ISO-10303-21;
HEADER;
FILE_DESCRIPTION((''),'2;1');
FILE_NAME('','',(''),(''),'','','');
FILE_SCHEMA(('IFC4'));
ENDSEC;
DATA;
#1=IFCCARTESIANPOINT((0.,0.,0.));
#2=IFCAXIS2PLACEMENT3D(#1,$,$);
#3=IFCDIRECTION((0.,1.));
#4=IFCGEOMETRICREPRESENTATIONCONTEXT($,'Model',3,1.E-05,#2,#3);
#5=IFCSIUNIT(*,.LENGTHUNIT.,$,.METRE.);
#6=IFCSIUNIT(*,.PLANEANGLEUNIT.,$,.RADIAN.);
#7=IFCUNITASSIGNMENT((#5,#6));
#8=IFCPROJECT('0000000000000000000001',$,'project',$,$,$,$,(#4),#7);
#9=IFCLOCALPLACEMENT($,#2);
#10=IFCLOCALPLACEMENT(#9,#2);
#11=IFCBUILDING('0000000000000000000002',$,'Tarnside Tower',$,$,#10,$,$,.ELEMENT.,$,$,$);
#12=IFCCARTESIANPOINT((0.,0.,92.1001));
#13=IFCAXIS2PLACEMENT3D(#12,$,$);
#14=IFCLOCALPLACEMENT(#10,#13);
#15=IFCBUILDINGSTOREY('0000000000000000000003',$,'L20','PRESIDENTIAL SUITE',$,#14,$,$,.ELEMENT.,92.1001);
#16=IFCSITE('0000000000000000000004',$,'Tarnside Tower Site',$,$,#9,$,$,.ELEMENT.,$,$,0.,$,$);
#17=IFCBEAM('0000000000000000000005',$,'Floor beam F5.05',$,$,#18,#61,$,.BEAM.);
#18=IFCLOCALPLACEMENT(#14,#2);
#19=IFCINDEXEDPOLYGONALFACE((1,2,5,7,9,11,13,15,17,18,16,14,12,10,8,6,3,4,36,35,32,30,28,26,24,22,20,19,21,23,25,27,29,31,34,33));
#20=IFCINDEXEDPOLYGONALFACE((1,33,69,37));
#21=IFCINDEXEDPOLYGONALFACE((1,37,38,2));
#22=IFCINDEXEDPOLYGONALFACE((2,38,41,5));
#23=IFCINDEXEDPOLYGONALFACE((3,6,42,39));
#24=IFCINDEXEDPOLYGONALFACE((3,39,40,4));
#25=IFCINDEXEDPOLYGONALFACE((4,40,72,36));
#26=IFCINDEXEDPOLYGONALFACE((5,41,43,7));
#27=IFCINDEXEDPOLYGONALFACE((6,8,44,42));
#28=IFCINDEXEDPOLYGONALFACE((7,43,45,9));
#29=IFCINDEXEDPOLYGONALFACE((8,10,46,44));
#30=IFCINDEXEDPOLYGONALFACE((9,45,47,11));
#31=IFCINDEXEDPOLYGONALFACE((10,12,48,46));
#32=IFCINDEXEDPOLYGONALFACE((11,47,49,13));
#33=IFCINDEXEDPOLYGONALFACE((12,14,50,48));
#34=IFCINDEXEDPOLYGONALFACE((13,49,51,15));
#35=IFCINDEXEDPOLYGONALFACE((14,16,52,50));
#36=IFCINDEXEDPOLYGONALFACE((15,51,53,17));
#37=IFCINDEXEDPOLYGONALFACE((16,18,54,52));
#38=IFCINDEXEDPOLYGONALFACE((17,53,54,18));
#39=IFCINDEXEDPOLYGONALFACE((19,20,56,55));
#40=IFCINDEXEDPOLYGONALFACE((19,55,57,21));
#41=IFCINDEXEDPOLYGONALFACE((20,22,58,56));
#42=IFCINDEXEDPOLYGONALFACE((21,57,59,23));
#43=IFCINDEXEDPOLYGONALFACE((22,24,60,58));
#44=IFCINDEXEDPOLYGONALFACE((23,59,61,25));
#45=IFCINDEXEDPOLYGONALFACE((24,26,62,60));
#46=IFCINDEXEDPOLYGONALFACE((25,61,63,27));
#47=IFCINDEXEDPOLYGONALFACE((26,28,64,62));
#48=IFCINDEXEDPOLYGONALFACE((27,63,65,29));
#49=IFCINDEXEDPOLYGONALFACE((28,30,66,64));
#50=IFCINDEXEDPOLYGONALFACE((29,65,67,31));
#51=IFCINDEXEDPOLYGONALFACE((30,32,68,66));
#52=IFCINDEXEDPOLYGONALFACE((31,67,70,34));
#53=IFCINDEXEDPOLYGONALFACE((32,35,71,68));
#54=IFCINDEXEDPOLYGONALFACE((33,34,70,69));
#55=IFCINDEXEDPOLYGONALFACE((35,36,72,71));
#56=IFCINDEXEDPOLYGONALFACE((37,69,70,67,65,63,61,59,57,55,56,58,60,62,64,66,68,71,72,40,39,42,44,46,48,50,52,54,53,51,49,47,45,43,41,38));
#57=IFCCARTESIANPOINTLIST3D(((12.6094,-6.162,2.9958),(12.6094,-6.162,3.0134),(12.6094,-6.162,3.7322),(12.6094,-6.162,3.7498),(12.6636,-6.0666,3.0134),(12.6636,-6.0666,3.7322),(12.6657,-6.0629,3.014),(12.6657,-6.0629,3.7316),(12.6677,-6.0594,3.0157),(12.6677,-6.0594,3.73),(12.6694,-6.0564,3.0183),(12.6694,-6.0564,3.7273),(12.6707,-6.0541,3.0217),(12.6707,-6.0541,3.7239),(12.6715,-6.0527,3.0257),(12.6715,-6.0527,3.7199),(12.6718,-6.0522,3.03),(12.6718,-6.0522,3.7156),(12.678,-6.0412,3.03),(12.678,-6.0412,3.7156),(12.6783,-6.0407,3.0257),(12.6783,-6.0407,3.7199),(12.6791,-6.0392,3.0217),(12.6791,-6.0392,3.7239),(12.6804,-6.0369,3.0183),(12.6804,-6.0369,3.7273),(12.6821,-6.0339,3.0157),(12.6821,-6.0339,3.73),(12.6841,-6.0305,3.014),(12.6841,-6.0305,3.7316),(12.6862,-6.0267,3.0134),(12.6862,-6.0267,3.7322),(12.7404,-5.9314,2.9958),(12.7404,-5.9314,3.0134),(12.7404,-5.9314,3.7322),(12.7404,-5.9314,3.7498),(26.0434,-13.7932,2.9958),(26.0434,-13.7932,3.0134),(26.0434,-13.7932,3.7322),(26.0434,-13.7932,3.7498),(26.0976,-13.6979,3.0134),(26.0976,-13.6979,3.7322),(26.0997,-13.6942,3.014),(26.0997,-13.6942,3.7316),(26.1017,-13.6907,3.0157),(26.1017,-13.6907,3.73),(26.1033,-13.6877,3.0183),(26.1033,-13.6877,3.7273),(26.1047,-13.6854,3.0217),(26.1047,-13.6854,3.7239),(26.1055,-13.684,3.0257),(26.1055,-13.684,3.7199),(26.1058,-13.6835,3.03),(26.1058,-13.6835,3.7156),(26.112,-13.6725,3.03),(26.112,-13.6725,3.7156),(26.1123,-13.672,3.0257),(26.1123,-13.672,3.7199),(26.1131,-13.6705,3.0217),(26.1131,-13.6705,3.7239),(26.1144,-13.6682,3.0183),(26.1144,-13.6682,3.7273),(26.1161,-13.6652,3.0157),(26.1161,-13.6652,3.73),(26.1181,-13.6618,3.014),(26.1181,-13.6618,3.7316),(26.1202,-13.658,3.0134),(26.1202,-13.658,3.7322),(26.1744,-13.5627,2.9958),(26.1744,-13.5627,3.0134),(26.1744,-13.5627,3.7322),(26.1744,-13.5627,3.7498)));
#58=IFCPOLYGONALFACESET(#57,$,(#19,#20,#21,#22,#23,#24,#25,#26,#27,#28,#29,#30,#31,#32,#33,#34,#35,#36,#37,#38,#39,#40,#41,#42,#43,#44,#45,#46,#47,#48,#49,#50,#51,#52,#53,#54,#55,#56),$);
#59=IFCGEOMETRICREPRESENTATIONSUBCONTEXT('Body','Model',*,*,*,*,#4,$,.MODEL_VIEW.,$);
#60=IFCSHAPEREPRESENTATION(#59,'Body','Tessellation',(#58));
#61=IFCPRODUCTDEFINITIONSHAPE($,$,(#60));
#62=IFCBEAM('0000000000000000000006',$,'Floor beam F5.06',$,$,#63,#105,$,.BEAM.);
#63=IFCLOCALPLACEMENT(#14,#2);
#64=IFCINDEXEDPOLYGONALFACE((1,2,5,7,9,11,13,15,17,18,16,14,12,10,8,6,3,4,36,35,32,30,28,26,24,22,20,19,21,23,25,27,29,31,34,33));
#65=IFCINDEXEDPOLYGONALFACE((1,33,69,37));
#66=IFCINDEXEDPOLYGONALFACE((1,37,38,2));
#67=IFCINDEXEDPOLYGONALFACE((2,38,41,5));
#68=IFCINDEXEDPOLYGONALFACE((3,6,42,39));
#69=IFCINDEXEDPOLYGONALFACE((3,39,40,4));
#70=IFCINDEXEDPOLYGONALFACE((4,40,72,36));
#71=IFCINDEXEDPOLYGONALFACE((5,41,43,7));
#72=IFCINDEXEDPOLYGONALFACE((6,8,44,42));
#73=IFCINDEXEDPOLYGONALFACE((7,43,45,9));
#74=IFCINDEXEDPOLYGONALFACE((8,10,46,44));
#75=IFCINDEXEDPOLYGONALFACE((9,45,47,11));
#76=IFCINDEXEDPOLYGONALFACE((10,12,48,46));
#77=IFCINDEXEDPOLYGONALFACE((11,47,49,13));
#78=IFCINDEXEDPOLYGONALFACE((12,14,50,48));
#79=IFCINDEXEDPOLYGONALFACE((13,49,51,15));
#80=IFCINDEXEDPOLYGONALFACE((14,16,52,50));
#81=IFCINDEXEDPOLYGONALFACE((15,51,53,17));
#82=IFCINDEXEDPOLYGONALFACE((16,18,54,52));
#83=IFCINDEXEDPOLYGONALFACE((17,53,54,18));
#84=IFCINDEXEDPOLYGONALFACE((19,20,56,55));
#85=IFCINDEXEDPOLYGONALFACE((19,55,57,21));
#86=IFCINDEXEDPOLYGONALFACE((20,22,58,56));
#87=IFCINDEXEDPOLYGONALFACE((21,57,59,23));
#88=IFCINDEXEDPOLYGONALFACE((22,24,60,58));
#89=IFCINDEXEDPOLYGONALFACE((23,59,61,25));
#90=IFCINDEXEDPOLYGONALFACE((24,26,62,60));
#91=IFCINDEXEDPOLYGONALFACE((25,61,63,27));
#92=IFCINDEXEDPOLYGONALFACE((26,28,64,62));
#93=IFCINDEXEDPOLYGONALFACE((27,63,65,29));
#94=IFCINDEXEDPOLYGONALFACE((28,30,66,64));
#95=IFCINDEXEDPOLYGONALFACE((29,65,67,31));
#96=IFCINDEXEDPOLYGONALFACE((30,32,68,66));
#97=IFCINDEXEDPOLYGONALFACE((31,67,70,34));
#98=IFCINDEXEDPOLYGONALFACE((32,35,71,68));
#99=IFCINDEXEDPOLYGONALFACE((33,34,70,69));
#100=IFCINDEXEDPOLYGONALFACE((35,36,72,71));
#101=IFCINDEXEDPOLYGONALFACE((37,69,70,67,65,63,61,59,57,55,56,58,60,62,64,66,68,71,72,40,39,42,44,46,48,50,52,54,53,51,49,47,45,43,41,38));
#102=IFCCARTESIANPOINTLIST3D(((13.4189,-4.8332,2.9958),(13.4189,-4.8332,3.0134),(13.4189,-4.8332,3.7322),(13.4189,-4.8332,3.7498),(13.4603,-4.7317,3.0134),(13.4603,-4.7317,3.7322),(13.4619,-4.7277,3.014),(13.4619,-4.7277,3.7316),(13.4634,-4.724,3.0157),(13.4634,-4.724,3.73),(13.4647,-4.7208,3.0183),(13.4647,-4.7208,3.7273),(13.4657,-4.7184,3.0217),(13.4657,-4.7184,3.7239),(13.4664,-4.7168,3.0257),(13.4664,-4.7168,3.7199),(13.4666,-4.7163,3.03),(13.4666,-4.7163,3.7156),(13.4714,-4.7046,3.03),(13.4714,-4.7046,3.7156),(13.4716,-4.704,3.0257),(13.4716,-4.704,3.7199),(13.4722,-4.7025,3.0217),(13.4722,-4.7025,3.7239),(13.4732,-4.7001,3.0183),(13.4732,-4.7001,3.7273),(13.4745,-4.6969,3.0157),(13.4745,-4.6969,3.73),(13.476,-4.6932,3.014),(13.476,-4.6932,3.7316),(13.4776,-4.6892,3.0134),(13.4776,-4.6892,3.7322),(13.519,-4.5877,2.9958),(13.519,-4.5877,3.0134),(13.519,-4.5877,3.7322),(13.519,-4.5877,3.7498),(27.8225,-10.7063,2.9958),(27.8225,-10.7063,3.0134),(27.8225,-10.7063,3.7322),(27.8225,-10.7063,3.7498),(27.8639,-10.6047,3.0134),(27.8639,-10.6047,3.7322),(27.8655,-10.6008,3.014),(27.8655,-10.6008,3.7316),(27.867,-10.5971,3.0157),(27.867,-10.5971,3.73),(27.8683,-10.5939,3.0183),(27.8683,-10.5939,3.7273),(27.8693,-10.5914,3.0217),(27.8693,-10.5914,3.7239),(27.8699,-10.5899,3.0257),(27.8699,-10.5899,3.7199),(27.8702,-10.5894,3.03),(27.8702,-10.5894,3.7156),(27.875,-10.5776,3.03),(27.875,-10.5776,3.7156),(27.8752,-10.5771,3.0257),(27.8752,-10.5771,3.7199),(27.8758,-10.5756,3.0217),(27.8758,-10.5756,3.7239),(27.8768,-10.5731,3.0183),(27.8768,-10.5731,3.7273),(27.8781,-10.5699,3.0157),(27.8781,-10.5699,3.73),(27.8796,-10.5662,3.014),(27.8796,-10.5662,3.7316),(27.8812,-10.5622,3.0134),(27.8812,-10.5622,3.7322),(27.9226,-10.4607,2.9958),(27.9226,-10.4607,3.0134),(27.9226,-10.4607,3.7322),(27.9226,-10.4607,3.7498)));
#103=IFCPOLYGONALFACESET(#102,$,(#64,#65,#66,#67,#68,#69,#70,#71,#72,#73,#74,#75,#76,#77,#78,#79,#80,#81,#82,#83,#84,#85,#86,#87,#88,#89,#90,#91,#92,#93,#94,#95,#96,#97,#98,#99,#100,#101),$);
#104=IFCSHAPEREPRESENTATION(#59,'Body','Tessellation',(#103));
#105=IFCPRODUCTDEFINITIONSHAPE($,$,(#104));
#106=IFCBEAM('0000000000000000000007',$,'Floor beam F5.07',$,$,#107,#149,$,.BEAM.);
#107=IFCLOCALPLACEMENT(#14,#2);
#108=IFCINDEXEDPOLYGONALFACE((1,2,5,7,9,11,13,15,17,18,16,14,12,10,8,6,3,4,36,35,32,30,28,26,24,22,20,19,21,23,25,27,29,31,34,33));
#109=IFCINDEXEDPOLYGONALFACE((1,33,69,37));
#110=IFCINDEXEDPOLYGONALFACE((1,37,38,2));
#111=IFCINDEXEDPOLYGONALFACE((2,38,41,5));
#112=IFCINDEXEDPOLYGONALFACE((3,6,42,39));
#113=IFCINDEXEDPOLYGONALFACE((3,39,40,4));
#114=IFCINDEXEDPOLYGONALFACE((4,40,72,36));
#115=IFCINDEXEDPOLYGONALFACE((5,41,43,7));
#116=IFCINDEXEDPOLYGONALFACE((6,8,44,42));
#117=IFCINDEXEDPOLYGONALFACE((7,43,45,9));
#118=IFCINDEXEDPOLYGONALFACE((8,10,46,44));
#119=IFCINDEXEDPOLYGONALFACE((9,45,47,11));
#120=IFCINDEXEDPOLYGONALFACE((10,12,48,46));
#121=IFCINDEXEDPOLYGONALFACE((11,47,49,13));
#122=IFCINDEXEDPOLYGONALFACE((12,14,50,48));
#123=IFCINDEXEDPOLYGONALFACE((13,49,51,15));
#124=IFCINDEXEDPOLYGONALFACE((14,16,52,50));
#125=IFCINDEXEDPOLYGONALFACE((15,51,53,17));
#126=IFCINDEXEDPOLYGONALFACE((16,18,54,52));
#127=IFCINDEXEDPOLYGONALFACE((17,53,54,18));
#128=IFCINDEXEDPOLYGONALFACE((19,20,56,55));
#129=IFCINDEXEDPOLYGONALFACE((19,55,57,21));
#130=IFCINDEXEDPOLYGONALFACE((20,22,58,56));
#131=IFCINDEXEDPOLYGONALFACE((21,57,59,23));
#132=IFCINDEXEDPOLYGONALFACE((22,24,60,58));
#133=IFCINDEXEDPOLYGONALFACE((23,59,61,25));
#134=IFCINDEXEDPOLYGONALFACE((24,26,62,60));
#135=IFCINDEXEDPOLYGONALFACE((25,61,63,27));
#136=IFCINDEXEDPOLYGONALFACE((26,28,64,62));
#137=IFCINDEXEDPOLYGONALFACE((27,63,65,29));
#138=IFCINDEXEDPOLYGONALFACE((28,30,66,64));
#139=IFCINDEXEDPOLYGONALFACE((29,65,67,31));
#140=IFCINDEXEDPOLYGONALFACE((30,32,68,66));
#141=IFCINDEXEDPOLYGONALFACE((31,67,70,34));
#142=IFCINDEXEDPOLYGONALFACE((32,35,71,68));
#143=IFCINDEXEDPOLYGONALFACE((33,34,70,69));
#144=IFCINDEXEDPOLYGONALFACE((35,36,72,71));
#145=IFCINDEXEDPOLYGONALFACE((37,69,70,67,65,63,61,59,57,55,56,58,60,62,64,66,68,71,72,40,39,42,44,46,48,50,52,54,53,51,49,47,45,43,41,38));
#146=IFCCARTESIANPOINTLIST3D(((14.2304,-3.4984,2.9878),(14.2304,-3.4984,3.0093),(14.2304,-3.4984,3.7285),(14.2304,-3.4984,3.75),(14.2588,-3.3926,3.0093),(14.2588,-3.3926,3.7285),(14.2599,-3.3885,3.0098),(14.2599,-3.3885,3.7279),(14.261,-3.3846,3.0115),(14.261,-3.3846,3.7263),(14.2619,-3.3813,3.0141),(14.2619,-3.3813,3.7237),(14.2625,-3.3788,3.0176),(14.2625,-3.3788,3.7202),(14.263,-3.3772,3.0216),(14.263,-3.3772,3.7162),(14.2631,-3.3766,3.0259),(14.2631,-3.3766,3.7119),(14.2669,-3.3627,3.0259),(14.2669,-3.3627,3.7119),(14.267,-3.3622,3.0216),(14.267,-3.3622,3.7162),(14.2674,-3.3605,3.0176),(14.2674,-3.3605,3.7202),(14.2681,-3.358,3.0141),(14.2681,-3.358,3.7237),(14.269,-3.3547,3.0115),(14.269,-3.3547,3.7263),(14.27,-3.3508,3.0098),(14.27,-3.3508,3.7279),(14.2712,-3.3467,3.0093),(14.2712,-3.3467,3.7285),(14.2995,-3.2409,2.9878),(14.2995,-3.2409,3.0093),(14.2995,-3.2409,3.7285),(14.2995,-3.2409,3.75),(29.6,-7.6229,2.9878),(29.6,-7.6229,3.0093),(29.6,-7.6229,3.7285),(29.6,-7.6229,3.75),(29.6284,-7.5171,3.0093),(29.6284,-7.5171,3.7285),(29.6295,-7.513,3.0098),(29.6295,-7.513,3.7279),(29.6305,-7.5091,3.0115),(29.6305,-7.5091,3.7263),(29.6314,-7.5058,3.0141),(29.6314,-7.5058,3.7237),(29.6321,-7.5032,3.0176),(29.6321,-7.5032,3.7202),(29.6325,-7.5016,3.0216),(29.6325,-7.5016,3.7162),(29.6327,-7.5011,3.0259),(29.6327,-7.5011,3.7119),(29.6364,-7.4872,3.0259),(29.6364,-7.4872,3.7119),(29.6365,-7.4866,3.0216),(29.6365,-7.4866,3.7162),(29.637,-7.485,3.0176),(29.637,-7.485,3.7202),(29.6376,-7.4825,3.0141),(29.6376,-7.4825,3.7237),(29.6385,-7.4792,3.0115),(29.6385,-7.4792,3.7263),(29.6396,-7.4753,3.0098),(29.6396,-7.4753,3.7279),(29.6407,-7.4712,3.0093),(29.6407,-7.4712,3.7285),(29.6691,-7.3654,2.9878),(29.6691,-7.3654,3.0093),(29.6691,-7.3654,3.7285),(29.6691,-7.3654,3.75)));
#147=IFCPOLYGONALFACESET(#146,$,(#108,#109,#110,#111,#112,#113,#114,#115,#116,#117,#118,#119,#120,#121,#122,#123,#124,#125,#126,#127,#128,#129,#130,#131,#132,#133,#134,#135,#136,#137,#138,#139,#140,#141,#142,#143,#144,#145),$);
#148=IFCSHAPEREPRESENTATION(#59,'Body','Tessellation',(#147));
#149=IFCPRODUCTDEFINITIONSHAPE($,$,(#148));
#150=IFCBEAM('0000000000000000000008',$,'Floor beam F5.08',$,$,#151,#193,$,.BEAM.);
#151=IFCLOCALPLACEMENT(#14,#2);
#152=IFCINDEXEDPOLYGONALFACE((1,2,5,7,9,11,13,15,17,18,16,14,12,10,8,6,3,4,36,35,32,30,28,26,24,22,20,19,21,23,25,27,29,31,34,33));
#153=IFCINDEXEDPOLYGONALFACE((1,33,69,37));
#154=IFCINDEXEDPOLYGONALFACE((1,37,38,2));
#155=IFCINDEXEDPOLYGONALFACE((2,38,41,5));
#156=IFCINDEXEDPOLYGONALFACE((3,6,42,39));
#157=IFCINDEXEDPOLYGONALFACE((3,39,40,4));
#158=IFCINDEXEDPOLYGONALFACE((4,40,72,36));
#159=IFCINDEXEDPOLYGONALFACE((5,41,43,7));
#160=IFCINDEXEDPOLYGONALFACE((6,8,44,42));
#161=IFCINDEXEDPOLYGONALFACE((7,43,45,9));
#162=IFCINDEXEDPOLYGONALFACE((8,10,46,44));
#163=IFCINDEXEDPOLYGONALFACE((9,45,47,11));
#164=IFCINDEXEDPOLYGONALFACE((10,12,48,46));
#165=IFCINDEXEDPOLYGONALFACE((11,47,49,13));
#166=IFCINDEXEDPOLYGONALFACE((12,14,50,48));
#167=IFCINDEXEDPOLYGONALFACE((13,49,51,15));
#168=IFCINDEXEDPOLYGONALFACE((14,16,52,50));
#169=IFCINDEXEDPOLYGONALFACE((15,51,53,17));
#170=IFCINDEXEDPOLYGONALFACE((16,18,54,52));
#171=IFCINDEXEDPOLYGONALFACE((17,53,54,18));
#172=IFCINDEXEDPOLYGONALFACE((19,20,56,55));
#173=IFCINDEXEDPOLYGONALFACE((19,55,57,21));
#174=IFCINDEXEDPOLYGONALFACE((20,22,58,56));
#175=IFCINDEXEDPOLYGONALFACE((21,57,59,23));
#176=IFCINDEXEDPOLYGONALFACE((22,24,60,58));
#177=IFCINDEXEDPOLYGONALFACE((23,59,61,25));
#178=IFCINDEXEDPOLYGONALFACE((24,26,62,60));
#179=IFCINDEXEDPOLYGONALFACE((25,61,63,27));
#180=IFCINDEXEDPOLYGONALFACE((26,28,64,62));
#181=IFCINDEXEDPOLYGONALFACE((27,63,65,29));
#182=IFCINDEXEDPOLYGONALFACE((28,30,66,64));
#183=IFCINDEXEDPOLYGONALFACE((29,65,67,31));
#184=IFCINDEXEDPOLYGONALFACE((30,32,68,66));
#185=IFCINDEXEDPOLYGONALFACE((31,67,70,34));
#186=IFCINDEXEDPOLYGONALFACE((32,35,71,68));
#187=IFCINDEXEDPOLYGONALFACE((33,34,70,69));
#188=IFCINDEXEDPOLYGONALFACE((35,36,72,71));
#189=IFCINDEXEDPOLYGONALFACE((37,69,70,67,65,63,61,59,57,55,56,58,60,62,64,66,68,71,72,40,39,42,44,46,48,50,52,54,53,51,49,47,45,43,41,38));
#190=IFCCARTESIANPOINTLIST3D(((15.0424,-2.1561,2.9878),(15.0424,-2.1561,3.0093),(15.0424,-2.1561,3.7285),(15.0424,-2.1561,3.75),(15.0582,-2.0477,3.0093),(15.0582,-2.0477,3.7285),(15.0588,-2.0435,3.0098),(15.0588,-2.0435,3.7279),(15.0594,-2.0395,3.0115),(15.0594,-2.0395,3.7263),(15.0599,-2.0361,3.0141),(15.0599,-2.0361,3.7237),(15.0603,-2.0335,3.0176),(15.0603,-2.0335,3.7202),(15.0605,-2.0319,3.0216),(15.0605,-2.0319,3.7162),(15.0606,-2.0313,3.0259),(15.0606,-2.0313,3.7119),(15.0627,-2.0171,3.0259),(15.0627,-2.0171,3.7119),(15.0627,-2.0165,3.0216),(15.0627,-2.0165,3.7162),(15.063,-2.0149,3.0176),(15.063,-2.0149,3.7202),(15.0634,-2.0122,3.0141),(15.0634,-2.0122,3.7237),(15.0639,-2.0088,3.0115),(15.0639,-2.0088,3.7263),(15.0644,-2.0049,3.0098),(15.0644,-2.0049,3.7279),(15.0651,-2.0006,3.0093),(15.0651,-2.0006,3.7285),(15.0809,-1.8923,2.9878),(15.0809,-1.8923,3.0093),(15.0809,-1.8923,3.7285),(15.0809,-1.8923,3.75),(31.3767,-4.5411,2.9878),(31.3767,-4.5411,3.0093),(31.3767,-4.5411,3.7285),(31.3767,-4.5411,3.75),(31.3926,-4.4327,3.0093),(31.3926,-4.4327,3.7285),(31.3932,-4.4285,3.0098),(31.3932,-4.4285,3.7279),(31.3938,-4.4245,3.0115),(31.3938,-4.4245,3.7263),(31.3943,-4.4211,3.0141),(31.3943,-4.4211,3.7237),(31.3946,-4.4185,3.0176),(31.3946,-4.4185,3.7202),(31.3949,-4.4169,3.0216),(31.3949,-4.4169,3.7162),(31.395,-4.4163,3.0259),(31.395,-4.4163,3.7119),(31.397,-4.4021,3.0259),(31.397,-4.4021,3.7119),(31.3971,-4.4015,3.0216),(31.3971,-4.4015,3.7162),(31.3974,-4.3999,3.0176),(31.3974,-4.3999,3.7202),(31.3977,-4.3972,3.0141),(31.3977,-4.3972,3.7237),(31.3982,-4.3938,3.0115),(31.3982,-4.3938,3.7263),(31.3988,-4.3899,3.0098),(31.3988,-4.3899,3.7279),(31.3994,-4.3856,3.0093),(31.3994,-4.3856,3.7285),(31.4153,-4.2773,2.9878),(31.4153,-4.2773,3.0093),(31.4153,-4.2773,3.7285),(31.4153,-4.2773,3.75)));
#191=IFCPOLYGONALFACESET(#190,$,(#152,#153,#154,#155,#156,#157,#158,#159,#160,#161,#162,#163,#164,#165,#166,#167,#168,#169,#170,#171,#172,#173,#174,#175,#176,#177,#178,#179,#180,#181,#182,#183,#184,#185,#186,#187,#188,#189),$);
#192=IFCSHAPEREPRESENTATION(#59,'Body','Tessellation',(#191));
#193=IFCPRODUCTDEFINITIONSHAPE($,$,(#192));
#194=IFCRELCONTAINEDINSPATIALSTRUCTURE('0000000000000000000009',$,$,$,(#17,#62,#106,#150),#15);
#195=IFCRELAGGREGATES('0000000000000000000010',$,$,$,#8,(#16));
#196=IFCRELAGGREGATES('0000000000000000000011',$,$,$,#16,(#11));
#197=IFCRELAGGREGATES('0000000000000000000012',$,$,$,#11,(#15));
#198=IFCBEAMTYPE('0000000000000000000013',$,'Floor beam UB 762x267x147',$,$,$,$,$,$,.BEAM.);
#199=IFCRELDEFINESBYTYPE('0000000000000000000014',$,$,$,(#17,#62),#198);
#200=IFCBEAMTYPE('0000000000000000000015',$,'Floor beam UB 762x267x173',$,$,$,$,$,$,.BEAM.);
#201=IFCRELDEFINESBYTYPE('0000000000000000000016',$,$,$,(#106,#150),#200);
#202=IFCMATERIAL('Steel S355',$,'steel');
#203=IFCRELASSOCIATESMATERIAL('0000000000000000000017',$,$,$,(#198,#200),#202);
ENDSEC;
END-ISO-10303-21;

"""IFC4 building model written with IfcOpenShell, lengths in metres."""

from ifc_helpers import new_model, si_unit, direction, frame, origin, origin_2d, place, context, subcontext, project, spatial, i_section, extrude, material, material_profile, profile_set, type_object, element, save


model = new_model("IFC4")

# Units and contexts
model_context = context("Model", 3, precision=1e-05, world=origin(), true_north=direction((0.0, 1.0)))
body_context = subcontext(model_context, "Body", "Model", "MODEL_VIEW")
ifc_project = project(units=[si_unit("LENGTHUNIT", "METRE"), si_unit("PLANEANGLEUNIT", "RADIAN")], contexts=[model_context])

# Site, building, storey
site_placement = place(None, origin())
site = spatial("IfcSite", under=ifc_project, at=site_placement, Name="Tarnside Tower Site", CompositionType="ELEMENT", RefElevation=0.0)
building_placement = place(site_placement, origin())
building = spatial("IfcBuilding", under=site, at=building_placement, Name="Tarnside Tower", CompositionType="ELEMENT")
storey_placement = place(building_placement, frame((0.0, 0.0, 92.1001)))
storey = spatial("IfcBuildingStorey", under=building, at=storey_placement, Name="L20", Description="PRESIDENTIAL SUITE", CompositionType="ELEMENT", Elevation=92.1001)

# Beams
ifc_material_1 = material(Name="Steel S355", Category="steel")
ifc_material_profile_1 = material_profile(ifc_material_1, i_section(OverallWidth=0.2651, OverallDepth=0.7539, WebThickness=0.0127, FlangeThickness=0.0176, FilletRadius=0.0166, at=origin_2d()), Name="UB 762x267x147")
ifc_profile_set_1 = profile_set([ifc_material_profile_1], Name="Steel S355")
beam_type_1 = type_object("IfcBeamType", Name="Floor beam UB 762x267x147", PredefinedType="BEAM", material=ifc_profile_set_1)
beam_1_placement = place(storey_placement, frame((26.1089, -13.678, 3.3728), z_axis=(-0.869503, 0.493929, 0.0), x_axis=(-0.493929, -0.869503, 0.0)))
element("IfcBeam", 1, at=beam_1_placement, inside=storey, type_object=beam_type_1, Name="Floor beam F5.05", PredefinedType="BEAM", context=body_context, shape_type="SweptSolid", body=[
    extrude(i_section(OverallWidth=0.2651, OverallDepth=0.7539, WebThickness=0.0127, FlangeThickness=0.0176, FilletRadius=0.0166, at=origin_2d()), origin(), (0.0, 0.0, 1.0), 15.4502),
])
beam_2_placement = place(storey_placement, frame((27.8726, -10.5835, 3.3728), z_axis=(-0.925982, 0.377569, 0.0), x_axis=(-0.377569, -0.925982, 0.0)))
element("IfcBeam", 2, at=beam_2_placement, inside=storey, type_object=beam_type_1, Name="Floor beam F5.06", PredefinedType="BEAM", context=body_context, shape_type="SweptSolid", body=[
    extrude(i_section(OverallWidth=0.2651, OverallDepth=0.7539, WebThickness=0.0127, FlangeThickness=0.0176, FilletRadius=0.0166, at=origin_2d()), origin(), (0.0, 0.0, 1.0), 15.5549),
])
ifc_material_profile_2 = material_profile(ifc_material_1, i_section(OverallWidth=0.2666, OverallDepth=0.7622, WebThickness=0.0144, FlangeThickness=0.0215, FilletRadius=0.0166, at=origin_2d()), Name="UB 762x267x173")
ifc_profile_set_2 = profile_set([ifc_material_profile_2], Name="Steel S355")
beam_type_2 = type_object("IfcBeamType", Name="Floor beam UB 762x267x173", PredefinedType="BEAM", material=ifc_profile_set_2)
beam_3_placement = place(storey_placement, frame((29.6345, -7.4941, 3.3689), z_axis=(-0.965828, 0.259184, 0.0), x_axis=(-0.259184, -0.965828, 0.0)))
element("IfcBeam", 3, at=beam_3_placement, inside=storey, type_object=beam_type_2, Name="Floor beam F5.07", PredefinedType="BEAM", context=body_context, shape_type="SweptSolid", body=[
    extrude(i_section(OverallWidth=0.2666, OverallDepth=0.7622, WebThickness=0.0144, FlangeThickness=0.0215, FilletRadius=0.0166, at=origin_2d()), origin(), (0.0, 0.0, 1.0), 15.9133),
])
beam_4_placement = place(storey_placement, frame((31.396, -4.4092, 3.3689), z_axis=(-0.989508, 0.144479, 0.0), x_axis=(-0.144479, -0.989508, 0.0)))
element("IfcBeam", 4, at=beam_4_placement, inside=storey, type_object=beam_type_2, Name="Floor beam F5.08", PredefinedType="BEAM", context=body_context, shape_type="SweptSolid", body=[
    extrude(i_section(OverallWidth=0.2666, OverallDepth=0.7622, WebThickness=0.0144, FlangeThickness=0.0215, FilletRadius=0.0166, at=origin_2d()), origin(), (0.0, 0.0, 1.0), 16.5076),
])

save(model, "model.ifc")
